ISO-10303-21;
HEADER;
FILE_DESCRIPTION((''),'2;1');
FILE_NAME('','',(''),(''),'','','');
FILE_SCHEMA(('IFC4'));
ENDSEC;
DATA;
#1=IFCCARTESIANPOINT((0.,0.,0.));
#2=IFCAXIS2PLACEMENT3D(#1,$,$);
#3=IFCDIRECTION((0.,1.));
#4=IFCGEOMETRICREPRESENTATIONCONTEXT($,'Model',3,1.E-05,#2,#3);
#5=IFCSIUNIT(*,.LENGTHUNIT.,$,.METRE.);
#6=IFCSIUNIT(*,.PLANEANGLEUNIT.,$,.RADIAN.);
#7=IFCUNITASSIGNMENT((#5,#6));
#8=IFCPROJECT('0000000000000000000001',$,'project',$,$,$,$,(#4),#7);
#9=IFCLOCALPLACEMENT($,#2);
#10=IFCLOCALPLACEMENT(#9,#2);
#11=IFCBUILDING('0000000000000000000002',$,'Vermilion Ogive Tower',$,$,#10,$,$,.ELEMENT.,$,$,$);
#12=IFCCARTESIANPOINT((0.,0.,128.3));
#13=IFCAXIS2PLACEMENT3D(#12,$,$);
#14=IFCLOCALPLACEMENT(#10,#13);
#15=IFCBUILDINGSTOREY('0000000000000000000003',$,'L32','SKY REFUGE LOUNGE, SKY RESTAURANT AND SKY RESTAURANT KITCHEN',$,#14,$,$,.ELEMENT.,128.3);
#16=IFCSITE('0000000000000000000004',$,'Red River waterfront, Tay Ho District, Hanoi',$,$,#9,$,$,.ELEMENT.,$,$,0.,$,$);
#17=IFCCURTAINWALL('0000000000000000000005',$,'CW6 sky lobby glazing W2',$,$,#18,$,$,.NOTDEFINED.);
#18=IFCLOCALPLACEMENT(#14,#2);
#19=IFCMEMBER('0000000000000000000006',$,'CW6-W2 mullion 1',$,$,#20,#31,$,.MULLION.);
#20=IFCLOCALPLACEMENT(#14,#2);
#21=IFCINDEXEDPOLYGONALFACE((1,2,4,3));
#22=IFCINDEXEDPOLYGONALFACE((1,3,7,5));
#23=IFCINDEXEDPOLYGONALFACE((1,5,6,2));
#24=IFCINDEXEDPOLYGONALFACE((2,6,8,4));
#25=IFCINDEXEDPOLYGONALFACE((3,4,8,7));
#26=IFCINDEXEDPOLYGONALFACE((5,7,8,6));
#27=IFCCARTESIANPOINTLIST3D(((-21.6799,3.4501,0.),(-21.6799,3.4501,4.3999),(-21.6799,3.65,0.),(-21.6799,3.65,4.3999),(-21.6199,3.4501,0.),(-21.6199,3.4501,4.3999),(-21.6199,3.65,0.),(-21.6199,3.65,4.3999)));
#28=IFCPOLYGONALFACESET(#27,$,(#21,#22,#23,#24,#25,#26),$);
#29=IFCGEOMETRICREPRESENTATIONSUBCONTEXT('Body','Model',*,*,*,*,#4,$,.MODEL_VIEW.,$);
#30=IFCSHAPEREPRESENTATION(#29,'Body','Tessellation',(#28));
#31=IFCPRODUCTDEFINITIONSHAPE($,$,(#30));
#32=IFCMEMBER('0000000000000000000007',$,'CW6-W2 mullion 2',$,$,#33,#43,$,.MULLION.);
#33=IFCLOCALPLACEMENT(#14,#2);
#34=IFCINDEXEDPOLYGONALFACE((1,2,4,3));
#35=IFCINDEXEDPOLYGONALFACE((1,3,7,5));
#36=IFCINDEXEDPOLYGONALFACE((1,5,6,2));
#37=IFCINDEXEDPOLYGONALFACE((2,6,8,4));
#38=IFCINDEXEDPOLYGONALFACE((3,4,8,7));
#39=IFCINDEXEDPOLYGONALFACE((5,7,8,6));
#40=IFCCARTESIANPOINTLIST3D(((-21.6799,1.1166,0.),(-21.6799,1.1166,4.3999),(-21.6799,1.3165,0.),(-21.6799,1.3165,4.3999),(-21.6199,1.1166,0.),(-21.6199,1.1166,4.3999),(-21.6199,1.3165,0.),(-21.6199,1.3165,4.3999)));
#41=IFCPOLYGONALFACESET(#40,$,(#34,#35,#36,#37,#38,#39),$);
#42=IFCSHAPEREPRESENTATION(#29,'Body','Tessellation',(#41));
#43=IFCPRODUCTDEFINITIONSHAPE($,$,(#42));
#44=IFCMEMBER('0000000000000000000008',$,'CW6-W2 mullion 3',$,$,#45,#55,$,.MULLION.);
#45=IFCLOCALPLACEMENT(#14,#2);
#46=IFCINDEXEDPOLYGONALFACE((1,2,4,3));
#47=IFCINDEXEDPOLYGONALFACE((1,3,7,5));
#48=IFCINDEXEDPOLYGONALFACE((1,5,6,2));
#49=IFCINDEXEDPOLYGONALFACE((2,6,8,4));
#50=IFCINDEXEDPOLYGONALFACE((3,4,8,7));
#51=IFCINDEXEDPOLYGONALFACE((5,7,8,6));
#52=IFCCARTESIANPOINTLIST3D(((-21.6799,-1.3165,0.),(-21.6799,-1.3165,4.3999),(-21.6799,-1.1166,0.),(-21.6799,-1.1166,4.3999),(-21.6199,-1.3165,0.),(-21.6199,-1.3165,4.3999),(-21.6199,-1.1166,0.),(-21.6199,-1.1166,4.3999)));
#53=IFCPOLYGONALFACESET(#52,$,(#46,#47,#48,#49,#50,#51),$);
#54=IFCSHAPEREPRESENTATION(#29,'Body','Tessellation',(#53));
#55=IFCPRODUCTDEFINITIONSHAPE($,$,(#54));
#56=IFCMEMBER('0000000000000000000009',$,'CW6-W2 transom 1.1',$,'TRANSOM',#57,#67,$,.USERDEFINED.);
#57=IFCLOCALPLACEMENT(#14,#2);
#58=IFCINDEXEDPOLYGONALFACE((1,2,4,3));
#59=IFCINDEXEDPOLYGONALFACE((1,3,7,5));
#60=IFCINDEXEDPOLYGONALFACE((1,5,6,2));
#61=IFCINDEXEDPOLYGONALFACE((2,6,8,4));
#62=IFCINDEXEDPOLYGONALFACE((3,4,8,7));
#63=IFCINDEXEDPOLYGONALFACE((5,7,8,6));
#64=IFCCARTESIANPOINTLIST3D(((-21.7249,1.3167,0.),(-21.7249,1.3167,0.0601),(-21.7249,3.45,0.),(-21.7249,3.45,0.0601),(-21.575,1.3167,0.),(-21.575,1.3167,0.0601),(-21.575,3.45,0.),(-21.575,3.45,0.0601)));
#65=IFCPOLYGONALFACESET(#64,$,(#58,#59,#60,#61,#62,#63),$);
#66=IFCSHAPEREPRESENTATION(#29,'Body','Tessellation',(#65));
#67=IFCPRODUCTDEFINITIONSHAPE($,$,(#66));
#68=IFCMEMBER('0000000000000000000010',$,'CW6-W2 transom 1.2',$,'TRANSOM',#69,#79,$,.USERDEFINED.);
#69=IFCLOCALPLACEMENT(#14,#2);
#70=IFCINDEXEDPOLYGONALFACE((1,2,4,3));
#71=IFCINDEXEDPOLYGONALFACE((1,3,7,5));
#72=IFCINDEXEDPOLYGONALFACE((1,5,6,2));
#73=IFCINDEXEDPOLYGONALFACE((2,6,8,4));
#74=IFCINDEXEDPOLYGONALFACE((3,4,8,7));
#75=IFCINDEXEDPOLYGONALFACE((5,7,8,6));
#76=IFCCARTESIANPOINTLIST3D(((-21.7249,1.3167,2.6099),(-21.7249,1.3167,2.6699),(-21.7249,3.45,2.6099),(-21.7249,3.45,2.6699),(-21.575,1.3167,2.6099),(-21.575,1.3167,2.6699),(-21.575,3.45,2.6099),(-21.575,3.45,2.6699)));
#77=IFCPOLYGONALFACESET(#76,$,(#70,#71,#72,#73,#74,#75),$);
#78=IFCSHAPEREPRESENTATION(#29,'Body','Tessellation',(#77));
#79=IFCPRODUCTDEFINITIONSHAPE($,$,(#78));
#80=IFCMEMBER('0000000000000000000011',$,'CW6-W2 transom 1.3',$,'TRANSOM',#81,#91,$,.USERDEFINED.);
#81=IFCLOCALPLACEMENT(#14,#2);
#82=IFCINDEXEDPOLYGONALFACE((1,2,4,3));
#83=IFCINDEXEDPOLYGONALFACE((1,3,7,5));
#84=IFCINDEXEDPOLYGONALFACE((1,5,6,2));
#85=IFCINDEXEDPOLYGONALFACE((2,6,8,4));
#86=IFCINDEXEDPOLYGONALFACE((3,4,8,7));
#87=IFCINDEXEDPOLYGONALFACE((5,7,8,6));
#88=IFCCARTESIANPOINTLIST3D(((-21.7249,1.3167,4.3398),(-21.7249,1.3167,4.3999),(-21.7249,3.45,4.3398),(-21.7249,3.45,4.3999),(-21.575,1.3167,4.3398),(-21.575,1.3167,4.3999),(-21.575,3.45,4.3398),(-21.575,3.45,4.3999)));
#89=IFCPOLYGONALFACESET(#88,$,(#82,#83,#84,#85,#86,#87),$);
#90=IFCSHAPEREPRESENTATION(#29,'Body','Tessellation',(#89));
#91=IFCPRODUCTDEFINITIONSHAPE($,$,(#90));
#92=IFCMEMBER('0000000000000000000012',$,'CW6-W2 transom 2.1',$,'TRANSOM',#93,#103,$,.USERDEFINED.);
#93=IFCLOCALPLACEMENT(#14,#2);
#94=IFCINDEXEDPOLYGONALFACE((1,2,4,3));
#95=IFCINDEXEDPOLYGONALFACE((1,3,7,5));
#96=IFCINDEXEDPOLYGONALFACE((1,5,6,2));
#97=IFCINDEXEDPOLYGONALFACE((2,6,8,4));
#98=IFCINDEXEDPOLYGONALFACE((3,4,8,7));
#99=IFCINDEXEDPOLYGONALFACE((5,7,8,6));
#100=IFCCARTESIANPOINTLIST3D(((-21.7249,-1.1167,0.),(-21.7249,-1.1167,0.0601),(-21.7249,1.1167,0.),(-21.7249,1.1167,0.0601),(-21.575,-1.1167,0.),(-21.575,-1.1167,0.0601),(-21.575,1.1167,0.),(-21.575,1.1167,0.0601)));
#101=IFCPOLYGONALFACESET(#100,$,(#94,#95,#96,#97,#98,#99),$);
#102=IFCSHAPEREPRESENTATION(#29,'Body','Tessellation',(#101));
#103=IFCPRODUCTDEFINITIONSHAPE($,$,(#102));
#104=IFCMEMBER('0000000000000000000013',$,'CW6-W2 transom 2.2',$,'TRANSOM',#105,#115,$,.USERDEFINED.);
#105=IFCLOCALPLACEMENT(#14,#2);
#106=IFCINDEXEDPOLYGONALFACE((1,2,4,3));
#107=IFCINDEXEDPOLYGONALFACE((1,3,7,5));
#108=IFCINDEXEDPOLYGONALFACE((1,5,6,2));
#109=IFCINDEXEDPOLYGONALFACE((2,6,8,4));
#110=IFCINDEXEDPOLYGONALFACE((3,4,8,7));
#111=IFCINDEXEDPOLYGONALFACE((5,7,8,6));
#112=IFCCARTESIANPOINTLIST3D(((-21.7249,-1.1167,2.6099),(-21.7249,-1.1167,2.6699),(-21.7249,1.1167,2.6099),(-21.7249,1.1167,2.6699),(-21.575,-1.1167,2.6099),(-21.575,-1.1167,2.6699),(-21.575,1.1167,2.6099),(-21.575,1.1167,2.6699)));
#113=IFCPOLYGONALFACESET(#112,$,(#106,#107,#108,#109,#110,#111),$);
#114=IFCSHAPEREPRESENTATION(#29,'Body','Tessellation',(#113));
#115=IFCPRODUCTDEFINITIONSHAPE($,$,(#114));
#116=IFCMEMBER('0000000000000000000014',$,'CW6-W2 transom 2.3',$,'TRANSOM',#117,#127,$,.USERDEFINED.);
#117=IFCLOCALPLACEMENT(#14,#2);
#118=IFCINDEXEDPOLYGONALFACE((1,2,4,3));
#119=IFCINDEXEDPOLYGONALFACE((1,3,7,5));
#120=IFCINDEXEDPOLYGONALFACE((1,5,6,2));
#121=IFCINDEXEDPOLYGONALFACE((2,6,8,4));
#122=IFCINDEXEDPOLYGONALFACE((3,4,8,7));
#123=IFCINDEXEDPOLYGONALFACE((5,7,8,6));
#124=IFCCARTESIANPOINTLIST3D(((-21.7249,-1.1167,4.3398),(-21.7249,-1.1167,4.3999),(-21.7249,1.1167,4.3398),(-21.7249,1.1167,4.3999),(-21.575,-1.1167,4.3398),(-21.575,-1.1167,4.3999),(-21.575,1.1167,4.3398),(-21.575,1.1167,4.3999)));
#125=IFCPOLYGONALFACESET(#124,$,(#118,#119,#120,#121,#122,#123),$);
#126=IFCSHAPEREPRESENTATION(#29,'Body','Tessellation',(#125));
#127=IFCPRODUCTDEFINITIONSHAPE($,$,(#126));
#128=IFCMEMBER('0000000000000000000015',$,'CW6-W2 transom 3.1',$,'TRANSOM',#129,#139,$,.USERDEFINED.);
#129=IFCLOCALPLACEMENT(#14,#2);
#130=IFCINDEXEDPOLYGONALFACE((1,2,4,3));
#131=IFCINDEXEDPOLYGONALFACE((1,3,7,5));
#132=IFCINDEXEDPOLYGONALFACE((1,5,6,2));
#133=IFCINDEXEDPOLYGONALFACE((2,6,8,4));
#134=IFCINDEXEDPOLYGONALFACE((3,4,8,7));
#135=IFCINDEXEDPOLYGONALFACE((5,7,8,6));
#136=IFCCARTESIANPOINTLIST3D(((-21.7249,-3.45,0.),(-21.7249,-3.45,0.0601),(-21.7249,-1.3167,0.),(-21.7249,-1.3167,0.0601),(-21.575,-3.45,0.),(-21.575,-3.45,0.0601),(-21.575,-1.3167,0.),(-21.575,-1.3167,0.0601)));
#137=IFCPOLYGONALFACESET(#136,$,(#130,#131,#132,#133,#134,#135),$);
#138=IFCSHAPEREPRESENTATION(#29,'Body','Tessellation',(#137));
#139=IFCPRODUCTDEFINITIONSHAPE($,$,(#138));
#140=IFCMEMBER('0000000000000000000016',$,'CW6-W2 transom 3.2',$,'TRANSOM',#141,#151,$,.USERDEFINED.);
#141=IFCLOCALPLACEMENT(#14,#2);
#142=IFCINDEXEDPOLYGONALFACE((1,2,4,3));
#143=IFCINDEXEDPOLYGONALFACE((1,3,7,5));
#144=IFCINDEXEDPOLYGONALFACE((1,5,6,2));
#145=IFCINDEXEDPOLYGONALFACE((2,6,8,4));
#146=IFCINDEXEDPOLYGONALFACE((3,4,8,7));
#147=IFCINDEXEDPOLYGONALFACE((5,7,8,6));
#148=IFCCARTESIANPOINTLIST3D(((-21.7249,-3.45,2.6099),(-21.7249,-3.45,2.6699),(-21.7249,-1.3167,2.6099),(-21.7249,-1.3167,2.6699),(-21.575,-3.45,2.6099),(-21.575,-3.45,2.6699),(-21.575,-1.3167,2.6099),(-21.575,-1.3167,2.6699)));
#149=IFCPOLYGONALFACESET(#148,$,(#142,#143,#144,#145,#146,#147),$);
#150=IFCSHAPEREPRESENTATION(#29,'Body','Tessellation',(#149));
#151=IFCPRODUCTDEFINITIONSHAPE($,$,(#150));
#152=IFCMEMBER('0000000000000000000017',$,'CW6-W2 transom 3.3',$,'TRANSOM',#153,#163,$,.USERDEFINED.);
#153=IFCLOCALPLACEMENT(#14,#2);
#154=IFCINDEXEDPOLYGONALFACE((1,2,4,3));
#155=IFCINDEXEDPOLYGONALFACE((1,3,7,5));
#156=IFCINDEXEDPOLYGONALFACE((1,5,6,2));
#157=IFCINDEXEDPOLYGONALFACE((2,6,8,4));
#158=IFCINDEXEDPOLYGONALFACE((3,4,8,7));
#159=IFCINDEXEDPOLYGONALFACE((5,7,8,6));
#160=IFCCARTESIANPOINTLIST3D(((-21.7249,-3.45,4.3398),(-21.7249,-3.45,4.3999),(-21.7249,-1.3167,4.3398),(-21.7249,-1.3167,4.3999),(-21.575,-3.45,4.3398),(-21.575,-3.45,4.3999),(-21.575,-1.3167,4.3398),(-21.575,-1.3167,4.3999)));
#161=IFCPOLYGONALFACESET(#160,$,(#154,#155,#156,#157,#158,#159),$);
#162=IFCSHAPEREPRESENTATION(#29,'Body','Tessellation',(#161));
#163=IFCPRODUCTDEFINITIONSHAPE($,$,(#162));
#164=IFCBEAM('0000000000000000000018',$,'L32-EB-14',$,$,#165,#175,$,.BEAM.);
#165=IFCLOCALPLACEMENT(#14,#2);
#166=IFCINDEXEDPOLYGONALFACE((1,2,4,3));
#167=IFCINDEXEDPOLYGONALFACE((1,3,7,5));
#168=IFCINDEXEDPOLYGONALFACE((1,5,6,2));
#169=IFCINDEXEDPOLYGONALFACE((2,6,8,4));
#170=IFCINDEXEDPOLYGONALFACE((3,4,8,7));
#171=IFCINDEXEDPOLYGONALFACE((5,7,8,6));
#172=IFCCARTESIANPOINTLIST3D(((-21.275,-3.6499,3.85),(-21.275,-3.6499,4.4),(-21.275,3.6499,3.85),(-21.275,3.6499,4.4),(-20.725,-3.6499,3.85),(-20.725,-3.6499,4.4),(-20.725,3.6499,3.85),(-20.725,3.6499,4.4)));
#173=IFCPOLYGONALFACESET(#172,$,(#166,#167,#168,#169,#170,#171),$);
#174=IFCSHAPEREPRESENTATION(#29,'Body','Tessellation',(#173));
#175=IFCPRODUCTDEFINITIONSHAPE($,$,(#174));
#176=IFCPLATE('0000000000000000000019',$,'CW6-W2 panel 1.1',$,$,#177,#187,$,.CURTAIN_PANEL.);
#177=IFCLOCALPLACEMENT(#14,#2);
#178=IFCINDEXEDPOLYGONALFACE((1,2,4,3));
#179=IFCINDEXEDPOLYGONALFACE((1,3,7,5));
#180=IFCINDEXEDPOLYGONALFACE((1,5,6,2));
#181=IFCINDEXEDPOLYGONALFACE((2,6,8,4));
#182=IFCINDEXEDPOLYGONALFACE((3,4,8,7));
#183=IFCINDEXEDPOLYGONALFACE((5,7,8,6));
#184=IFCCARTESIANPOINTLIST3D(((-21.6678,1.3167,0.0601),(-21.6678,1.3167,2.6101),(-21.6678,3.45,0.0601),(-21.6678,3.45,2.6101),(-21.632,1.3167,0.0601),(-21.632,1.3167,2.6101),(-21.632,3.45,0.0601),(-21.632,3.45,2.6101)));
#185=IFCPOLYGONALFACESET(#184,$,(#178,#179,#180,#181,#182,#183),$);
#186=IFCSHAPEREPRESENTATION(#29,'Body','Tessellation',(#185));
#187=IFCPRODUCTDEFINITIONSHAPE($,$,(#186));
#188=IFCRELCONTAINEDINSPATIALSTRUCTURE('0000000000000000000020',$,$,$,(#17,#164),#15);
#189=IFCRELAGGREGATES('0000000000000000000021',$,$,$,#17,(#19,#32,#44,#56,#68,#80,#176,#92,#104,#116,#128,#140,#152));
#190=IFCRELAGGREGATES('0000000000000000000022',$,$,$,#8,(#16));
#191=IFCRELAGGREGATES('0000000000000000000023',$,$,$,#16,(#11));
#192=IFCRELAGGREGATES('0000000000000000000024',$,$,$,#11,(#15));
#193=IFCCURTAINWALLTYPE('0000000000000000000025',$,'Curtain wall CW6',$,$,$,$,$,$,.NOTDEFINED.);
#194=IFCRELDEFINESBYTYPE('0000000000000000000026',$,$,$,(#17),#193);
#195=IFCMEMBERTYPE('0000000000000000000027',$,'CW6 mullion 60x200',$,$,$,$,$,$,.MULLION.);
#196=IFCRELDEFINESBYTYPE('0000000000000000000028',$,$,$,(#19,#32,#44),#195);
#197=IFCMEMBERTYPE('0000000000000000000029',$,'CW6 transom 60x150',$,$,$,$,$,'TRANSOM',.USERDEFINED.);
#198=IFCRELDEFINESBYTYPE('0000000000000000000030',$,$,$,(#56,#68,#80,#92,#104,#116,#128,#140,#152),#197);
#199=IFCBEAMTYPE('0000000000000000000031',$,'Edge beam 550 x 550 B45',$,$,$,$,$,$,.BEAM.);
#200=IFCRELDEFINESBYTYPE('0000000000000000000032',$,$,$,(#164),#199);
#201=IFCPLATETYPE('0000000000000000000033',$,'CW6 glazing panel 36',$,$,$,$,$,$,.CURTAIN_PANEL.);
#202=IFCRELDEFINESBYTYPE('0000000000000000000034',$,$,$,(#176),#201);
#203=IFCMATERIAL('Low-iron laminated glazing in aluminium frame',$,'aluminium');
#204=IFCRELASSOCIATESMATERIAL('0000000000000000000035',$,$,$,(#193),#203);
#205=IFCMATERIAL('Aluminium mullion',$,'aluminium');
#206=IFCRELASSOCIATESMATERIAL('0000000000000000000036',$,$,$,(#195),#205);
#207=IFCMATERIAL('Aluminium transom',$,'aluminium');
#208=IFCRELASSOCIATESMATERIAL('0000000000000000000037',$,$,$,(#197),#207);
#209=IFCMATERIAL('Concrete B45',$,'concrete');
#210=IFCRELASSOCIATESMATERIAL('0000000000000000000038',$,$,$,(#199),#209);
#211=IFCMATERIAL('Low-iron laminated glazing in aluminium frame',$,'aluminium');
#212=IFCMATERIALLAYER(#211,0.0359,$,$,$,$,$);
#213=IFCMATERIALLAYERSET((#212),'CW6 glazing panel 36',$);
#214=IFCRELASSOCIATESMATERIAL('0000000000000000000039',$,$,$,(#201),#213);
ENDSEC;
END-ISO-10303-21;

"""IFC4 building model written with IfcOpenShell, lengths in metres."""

from ifc_helpers import new_model, si_unit, direction, frame, origin, origin_2d, place, context, subcontext, project, spatial, rectangle, extrude, material, layer, layer_set, material_profile, profile_set, type_object, element, aggregate, save


model = new_model("IFC4")

# Units and contexts
model_context = context("Model", 3, precision=1e-05, world=origin(), true_north=direction((0.0, 1.0)))
body_context = subcontext(model_context, "Body", "Model", "MODEL_VIEW")
ifc_project = project(units=[si_unit("LENGTHUNIT", "METRE"), si_unit("PLANEANGLEUNIT", "RADIAN")], contexts=[model_context])

# Site, building, storey
site_placement = place(None, origin())
site = spatial("IfcSite", under=ifc_project, at=site_placement, Name="Red River waterfront, Tay Ho District, Hanoi", CompositionType="ELEMENT", RefElevation=0.0)
building_placement = place(site_placement, origin())
building = spatial("IfcBuilding", under=site, at=building_placement, Name="Vermilion Ogive Tower", CompositionType="ELEMENT")
storey_placement = place(building_placement, frame((0.0, 0.0, 128.3)))
storey = spatial("IfcBuildingStorey", under=building, at=storey_placement, Name="L32", Description="SKY REFUGE LOUNGE, SKY RESTAURANT AND SKY RESTAURANT KITCHEN", CompositionType="ELEMENT", Elevation=128.3)

# Curtain wall, members
ifc_material_1 = material(Name="Low-iron laminated glazing in aluminium frame", Category="aluminium")
curtain_wall_type = type_object("IfcCurtainWallType", Name="Curtain wall CW6", PredefinedType="NOTDEFINED", material=ifc_material_1)
curtain_wall_placement = place(storey_placement, origin())
curtain_wall = element("IfcCurtainWall", 1, at=curtain_wall_placement, inside=storey, type_object=curtain_wall_type, Name="CW6 sky lobby glazing W2", PredefinedType="NOTDEFINED")
ifc_material_2 = material(Name="Aluminium mullion", Category="aluminium")
ifc_material_profile_1 = material_profile(ifc_material_2, rectangle(XDim=0.0601, YDim=0.2, at=origin_2d()), Name="AL 60x200")
ifc_profile_set_1 = profile_set([ifc_material_profile_1], Name="Aluminium mullion")
member_type_1 = type_object("IfcMemberType", Name="CW6 mullion 60x200", PredefinedType="MULLION", material=ifc_profile_set_1)
member_1_placement = place(storey_placement, frame((-21.6499, 3.55, 0.0), z_axis=(0.0, 0.0, 1.0), x_axis=(1.0, 0.0, 0.0)))
member_1 = element("IfcMember", 2, at=member_1_placement, type_object=member_type_1, Name="CW6-W2 mullion 1", PredefinedType="MULLION", context=body_context, shape_type="SweptSolid", body=[
    extrude(rectangle(XDim=0.0601, YDim=0.2, at=origin_2d()), origin(), (0.0, 0.0, 1.0), 4.3999),
])
member_2_placement = place(storey_placement, frame((-21.6499, 1.2166, 0.0), z_axis=(0.0, 0.0, 1.0), x_axis=(1.0, 0.0, 0.0)))
member_2 = element("IfcMember", 3, at=member_2_placement, type_object=member_type_1, Name="CW6-W2 mullion 2", PredefinedType="MULLION", context=body_context, shape_type="SweptSolid", body=[
    extrude(rectangle(XDim=0.0601, YDim=0.2, at=origin_2d()), origin(), (0.0, 0.0, 1.0), 4.3999),
])
member_3_placement = place(storey_placement, frame((-21.6499, -1.2166, 0.0), z_axis=(0.0, 0.0, 1.0), x_axis=(1.0, 0.0, 0.0)))
member_3 = element("IfcMember", 4, at=member_3_placement, type_object=member_type_1, Name="CW6-W2 mullion 3", PredefinedType="MULLION", context=body_context, shape_type="SweptSolid", body=[
    extrude(rectangle(XDim=0.0601, YDim=0.2, at=origin_2d()), origin(), (0.0, 0.0, 1.0), 4.3999),
])
ifc_material_3 = material(Name="Aluminium transom", Category="aluminium")
ifc_material_profile_2 = material_profile(ifc_material_3, rectangle(XDim=0.1499, YDim=0.0601, at=origin_2d()), Name="AL 60x150")
ifc_profile_set_2 = profile_set([ifc_material_profile_2], Name="Aluminium transom")
member_type_2 = type_object("IfcMemberType", Name="CW6 transom 60x150", ElementType="TRANSOM", PredefinedType="USERDEFINED", material=ifc_profile_set_2)
member_4_placement = place(storey_placement, frame((-21.6499, 3.45, 0.03), z_axis=(0.0, -1.0, 0.0), x_axis=(1.0, 0.0, 0.0)))
member_4 = element("IfcMember", 5, at=member_4_placement, type_object=member_type_2, Name="CW6-W2 transom 1.1", ObjectType="TRANSOM", PredefinedType="USERDEFINED", context=body_context, shape_type="SweptSolid", body=[
    extrude(rectangle(XDim=0.1499, YDim=0.0601, at=origin_2d()), origin(), (0.0, 0.0, 1.0), 2.1333),
])
member_5_placement = place(storey_placement, frame((-21.6499, 3.45, 2.6399), z_axis=(0.0, -1.0, 0.0), x_axis=(1.0, 0.0, 0.0)))
member_5 = element("IfcMember", 6, at=member_5_placement, type_object=member_type_2, Name="CW6-W2 transom 1.2", ObjectType="TRANSOM", PredefinedType="USERDEFINED", context=body_context, shape_type="SweptSolid", body=[
    extrude(rectangle(XDim=0.1499, YDim=0.0601, at=origin_2d()), origin(), (0.0, 0.0, 1.0), 2.1333),
])
member_6_placement = place(storey_placement, frame((-21.6499, 3.45, 4.3699), z_axis=(0.0, -1.0, 0.0), x_axis=(1.0, 0.0, 0.0)))
member_6 = element("IfcMember", 7, at=member_6_placement, type_object=member_type_2, Name="CW6-W2 transom 1.3", ObjectType="TRANSOM", PredefinedType="USERDEFINED", context=body_context, shape_type="SweptSolid", body=[
    extrude(rectangle(XDim=0.1499, YDim=0.0601, at=origin_2d()), origin(), (0.0, 0.0, 1.0), 2.1333),
])
member_7_placement = place(storey_placement, frame((-21.6499, 1.1167, 0.03), z_axis=(0.0, -1.0, 0.0), x_axis=(1.0, 0.0, 0.0)))
member_7 = element("IfcMember", 8, at=member_7_placement, type_object=member_type_2, Name="CW6-W2 transom 2.1", ObjectType="TRANSOM", PredefinedType="USERDEFINED", context=body_context, shape_type="SweptSolid", body=[
    extrude(rectangle(XDim=0.1499, YDim=0.0601, at=origin_2d()), origin(), (0.0, 0.0, 1.0), 2.2334),
])
member_8_placement = place(storey_placement, frame((-21.6499, 1.1167, 2.6399), z_axis=(0.0, -1.0, 0.0), x_axis=(1.0, 0.0, 0.0)))
member_8 = element("IfcMember", 9, at=member_8_placement, type_object=member_type_2, Name="CW6-W2 transom 2.2", ObjectType="TRANSOM", PredefinedType="USERDEFINED", context=body_context, shape_type="SweptSolid", body=[
    extrude(rectangle(XDim=0.1499, YDim=0.0601, at=origin_2d()), origin(), (0.0, 0.0, 1.0), 2.2334),
])
member_9_placement = place(storey_placement, frame((-21.6499, 1.1167, 4.3699), z_axis=(0.0, -1.0, 0.0), x_axis=(1.0, 0.0, 0.0)))
member_9 = element("IfcMember", 10, at=member_9_placement, type_object=member_type_2, Name="CW6-W2 transom 2.3", ObjectType="TRANSOM", PredefinedType="USERDEFINED", context=body_context, shape_type="SweptSolid", body=[
    extrude(rectangle(XDim=0.1499, YDim=0.0601, at=origin_2d()), origin(), (0.0, 0.0, 1.0), 2.2334),
])
member_10_placement = place(storey_placement, frame((-21.6499, -1.3167, 0.03), z_axis=(0.0, -1.0, 0.0), x_axis=(1.0, 0.0, 0.0)))
member_10 = element("IfcMember", 11, at=member_10_placement, type_object=member_type_2, Name="CW6-W2 transom 3.1", ObjectType="TRANSOM", PredefinedType="USERDEFINED", context=body_context, shape_type="SweptSolid", body=[
    extrude(rectangle(XDim=0.1499, YDim=0.0601, at=origin_2d()), origin(), (0.0, 0.0, 1.0), 2.1333),
])
member_11_placement = place(storey_placement, frame((-21.6499, -1.3167, 2.6399), z_axis=(0.0, -1.0, 0.0), x_axis=(1.0, 0.0, 0.0)))
member_11 = element("IfcMember", 12, at=member_11_placement, type_object=member_type_2, Name="CW6-W2 transom 3.2", ObjectType="TRANSOM", PredefinedType="USERDEFINED", context=body_context, shape_type="SweptSolid", body=[
    extrude(rectangle(XDim=0.1499, YDim=0.0601, at=origin_2d()), origin(), (0.0, 0.0, 1.0), 2.1333),
])
member_12_placement = place(storey_placement, frame((-21.6499, -1.3167, 4.3699), z_axis=(0.0, -1.0, 0.0), x_axis=(1.0, 0.0, 0.0)))
member_12 = element("IfcMember", 13, at=member_12_placement, type_object=member_type_2, Name="CW6-W2 transom 3.3", ObjectType="TRANSOM", PredefinedType="USERDEFINED", context=body_context, shape_type="SweptSolid", body=[
    extrude(rectangle(XDim=0.1499, YDim=0.0601, at=origin_2d()), origin(), (0.0, 0.0, 1.0), 2.1333),
])

# Beam
ifc_material_4 = material(Name="Concrete B45", Category="concrete")
ifc_material_profile_3 = material_profile(ifc_material_4, rectangle(XDim=0.55, YDim=0.55, at=origin_2d()), Name="550 x 550")
ifc_profile_set_3 = profile_set([ifc_material_profile_3], Name="Concrete B45")
beam_type = type_object("IfcBeamType", Name="Edge beam 550 x 550 B45", PredefinedType="BEAM", material=ifc_profile_set_3)
beam_placement = place(storey_placement, frame((-21.0, 3.6499, 4.125), z_axis=(0.0, -1.0, 0.0), x_axis=(1.0, 0.0, 0.0)))
element("IfcBeam", 14, at=beam_placement, inside=storey, type_object=beam_type, Name="L32-EB-14", PredefinedType="BEAM", context=body_context, shape_type="SweptSolid", body=[
    extrude(rectangle(XDim=0.55, YDim=0.55, at=origin_2d()), origin(), (0.0, 0.0, 1.0), 7.2998),
])

# Plate
ifc_material_5 = material(Name="Low-iron laminated glazing in aluminium frame", Category="aluminium")
ifc_layer_1 = layer(ifc_material_5, 0.0359)
ifc_layer_set_1 = layer_set([ifc_layer_1], Name="CW6 glazing panel 36")
plate_type = type_object("IfcPlateType", Name="CW6 glazing panel 36", PredefinedType="CURTAIN_PANEL", material=ifc_layer_set_1)
plate_1_placement = place(storey_placement, frame((-21.6499, 2.3833, 0.0601), z_axis=(0.0, 0.0, 1.0), x_axis=(0.0, -1.0, 0.0)))
plate_1 = element("IfcPlate", 15, at=plate_1_placement, type_object=plate_type, Name="CW6-W2 panel 1.1", PredefinedType="CURTAIN_PANEL", context=body_context, shape_type="SweptSolid", body=[
    extrude(rectangle(XDim=2.1333, YDim=0.0359, at=origin_2d()), origin(), (0.0, 0.0, 1.0), 2.55),
])
aggregate(curtain_wall, [member_1, member_2, member_3, member_4, member_5, member_6, plate_1, member_7, member_8, member_9, member_10, member_11, member_12])

save(model, "model.ifc")
